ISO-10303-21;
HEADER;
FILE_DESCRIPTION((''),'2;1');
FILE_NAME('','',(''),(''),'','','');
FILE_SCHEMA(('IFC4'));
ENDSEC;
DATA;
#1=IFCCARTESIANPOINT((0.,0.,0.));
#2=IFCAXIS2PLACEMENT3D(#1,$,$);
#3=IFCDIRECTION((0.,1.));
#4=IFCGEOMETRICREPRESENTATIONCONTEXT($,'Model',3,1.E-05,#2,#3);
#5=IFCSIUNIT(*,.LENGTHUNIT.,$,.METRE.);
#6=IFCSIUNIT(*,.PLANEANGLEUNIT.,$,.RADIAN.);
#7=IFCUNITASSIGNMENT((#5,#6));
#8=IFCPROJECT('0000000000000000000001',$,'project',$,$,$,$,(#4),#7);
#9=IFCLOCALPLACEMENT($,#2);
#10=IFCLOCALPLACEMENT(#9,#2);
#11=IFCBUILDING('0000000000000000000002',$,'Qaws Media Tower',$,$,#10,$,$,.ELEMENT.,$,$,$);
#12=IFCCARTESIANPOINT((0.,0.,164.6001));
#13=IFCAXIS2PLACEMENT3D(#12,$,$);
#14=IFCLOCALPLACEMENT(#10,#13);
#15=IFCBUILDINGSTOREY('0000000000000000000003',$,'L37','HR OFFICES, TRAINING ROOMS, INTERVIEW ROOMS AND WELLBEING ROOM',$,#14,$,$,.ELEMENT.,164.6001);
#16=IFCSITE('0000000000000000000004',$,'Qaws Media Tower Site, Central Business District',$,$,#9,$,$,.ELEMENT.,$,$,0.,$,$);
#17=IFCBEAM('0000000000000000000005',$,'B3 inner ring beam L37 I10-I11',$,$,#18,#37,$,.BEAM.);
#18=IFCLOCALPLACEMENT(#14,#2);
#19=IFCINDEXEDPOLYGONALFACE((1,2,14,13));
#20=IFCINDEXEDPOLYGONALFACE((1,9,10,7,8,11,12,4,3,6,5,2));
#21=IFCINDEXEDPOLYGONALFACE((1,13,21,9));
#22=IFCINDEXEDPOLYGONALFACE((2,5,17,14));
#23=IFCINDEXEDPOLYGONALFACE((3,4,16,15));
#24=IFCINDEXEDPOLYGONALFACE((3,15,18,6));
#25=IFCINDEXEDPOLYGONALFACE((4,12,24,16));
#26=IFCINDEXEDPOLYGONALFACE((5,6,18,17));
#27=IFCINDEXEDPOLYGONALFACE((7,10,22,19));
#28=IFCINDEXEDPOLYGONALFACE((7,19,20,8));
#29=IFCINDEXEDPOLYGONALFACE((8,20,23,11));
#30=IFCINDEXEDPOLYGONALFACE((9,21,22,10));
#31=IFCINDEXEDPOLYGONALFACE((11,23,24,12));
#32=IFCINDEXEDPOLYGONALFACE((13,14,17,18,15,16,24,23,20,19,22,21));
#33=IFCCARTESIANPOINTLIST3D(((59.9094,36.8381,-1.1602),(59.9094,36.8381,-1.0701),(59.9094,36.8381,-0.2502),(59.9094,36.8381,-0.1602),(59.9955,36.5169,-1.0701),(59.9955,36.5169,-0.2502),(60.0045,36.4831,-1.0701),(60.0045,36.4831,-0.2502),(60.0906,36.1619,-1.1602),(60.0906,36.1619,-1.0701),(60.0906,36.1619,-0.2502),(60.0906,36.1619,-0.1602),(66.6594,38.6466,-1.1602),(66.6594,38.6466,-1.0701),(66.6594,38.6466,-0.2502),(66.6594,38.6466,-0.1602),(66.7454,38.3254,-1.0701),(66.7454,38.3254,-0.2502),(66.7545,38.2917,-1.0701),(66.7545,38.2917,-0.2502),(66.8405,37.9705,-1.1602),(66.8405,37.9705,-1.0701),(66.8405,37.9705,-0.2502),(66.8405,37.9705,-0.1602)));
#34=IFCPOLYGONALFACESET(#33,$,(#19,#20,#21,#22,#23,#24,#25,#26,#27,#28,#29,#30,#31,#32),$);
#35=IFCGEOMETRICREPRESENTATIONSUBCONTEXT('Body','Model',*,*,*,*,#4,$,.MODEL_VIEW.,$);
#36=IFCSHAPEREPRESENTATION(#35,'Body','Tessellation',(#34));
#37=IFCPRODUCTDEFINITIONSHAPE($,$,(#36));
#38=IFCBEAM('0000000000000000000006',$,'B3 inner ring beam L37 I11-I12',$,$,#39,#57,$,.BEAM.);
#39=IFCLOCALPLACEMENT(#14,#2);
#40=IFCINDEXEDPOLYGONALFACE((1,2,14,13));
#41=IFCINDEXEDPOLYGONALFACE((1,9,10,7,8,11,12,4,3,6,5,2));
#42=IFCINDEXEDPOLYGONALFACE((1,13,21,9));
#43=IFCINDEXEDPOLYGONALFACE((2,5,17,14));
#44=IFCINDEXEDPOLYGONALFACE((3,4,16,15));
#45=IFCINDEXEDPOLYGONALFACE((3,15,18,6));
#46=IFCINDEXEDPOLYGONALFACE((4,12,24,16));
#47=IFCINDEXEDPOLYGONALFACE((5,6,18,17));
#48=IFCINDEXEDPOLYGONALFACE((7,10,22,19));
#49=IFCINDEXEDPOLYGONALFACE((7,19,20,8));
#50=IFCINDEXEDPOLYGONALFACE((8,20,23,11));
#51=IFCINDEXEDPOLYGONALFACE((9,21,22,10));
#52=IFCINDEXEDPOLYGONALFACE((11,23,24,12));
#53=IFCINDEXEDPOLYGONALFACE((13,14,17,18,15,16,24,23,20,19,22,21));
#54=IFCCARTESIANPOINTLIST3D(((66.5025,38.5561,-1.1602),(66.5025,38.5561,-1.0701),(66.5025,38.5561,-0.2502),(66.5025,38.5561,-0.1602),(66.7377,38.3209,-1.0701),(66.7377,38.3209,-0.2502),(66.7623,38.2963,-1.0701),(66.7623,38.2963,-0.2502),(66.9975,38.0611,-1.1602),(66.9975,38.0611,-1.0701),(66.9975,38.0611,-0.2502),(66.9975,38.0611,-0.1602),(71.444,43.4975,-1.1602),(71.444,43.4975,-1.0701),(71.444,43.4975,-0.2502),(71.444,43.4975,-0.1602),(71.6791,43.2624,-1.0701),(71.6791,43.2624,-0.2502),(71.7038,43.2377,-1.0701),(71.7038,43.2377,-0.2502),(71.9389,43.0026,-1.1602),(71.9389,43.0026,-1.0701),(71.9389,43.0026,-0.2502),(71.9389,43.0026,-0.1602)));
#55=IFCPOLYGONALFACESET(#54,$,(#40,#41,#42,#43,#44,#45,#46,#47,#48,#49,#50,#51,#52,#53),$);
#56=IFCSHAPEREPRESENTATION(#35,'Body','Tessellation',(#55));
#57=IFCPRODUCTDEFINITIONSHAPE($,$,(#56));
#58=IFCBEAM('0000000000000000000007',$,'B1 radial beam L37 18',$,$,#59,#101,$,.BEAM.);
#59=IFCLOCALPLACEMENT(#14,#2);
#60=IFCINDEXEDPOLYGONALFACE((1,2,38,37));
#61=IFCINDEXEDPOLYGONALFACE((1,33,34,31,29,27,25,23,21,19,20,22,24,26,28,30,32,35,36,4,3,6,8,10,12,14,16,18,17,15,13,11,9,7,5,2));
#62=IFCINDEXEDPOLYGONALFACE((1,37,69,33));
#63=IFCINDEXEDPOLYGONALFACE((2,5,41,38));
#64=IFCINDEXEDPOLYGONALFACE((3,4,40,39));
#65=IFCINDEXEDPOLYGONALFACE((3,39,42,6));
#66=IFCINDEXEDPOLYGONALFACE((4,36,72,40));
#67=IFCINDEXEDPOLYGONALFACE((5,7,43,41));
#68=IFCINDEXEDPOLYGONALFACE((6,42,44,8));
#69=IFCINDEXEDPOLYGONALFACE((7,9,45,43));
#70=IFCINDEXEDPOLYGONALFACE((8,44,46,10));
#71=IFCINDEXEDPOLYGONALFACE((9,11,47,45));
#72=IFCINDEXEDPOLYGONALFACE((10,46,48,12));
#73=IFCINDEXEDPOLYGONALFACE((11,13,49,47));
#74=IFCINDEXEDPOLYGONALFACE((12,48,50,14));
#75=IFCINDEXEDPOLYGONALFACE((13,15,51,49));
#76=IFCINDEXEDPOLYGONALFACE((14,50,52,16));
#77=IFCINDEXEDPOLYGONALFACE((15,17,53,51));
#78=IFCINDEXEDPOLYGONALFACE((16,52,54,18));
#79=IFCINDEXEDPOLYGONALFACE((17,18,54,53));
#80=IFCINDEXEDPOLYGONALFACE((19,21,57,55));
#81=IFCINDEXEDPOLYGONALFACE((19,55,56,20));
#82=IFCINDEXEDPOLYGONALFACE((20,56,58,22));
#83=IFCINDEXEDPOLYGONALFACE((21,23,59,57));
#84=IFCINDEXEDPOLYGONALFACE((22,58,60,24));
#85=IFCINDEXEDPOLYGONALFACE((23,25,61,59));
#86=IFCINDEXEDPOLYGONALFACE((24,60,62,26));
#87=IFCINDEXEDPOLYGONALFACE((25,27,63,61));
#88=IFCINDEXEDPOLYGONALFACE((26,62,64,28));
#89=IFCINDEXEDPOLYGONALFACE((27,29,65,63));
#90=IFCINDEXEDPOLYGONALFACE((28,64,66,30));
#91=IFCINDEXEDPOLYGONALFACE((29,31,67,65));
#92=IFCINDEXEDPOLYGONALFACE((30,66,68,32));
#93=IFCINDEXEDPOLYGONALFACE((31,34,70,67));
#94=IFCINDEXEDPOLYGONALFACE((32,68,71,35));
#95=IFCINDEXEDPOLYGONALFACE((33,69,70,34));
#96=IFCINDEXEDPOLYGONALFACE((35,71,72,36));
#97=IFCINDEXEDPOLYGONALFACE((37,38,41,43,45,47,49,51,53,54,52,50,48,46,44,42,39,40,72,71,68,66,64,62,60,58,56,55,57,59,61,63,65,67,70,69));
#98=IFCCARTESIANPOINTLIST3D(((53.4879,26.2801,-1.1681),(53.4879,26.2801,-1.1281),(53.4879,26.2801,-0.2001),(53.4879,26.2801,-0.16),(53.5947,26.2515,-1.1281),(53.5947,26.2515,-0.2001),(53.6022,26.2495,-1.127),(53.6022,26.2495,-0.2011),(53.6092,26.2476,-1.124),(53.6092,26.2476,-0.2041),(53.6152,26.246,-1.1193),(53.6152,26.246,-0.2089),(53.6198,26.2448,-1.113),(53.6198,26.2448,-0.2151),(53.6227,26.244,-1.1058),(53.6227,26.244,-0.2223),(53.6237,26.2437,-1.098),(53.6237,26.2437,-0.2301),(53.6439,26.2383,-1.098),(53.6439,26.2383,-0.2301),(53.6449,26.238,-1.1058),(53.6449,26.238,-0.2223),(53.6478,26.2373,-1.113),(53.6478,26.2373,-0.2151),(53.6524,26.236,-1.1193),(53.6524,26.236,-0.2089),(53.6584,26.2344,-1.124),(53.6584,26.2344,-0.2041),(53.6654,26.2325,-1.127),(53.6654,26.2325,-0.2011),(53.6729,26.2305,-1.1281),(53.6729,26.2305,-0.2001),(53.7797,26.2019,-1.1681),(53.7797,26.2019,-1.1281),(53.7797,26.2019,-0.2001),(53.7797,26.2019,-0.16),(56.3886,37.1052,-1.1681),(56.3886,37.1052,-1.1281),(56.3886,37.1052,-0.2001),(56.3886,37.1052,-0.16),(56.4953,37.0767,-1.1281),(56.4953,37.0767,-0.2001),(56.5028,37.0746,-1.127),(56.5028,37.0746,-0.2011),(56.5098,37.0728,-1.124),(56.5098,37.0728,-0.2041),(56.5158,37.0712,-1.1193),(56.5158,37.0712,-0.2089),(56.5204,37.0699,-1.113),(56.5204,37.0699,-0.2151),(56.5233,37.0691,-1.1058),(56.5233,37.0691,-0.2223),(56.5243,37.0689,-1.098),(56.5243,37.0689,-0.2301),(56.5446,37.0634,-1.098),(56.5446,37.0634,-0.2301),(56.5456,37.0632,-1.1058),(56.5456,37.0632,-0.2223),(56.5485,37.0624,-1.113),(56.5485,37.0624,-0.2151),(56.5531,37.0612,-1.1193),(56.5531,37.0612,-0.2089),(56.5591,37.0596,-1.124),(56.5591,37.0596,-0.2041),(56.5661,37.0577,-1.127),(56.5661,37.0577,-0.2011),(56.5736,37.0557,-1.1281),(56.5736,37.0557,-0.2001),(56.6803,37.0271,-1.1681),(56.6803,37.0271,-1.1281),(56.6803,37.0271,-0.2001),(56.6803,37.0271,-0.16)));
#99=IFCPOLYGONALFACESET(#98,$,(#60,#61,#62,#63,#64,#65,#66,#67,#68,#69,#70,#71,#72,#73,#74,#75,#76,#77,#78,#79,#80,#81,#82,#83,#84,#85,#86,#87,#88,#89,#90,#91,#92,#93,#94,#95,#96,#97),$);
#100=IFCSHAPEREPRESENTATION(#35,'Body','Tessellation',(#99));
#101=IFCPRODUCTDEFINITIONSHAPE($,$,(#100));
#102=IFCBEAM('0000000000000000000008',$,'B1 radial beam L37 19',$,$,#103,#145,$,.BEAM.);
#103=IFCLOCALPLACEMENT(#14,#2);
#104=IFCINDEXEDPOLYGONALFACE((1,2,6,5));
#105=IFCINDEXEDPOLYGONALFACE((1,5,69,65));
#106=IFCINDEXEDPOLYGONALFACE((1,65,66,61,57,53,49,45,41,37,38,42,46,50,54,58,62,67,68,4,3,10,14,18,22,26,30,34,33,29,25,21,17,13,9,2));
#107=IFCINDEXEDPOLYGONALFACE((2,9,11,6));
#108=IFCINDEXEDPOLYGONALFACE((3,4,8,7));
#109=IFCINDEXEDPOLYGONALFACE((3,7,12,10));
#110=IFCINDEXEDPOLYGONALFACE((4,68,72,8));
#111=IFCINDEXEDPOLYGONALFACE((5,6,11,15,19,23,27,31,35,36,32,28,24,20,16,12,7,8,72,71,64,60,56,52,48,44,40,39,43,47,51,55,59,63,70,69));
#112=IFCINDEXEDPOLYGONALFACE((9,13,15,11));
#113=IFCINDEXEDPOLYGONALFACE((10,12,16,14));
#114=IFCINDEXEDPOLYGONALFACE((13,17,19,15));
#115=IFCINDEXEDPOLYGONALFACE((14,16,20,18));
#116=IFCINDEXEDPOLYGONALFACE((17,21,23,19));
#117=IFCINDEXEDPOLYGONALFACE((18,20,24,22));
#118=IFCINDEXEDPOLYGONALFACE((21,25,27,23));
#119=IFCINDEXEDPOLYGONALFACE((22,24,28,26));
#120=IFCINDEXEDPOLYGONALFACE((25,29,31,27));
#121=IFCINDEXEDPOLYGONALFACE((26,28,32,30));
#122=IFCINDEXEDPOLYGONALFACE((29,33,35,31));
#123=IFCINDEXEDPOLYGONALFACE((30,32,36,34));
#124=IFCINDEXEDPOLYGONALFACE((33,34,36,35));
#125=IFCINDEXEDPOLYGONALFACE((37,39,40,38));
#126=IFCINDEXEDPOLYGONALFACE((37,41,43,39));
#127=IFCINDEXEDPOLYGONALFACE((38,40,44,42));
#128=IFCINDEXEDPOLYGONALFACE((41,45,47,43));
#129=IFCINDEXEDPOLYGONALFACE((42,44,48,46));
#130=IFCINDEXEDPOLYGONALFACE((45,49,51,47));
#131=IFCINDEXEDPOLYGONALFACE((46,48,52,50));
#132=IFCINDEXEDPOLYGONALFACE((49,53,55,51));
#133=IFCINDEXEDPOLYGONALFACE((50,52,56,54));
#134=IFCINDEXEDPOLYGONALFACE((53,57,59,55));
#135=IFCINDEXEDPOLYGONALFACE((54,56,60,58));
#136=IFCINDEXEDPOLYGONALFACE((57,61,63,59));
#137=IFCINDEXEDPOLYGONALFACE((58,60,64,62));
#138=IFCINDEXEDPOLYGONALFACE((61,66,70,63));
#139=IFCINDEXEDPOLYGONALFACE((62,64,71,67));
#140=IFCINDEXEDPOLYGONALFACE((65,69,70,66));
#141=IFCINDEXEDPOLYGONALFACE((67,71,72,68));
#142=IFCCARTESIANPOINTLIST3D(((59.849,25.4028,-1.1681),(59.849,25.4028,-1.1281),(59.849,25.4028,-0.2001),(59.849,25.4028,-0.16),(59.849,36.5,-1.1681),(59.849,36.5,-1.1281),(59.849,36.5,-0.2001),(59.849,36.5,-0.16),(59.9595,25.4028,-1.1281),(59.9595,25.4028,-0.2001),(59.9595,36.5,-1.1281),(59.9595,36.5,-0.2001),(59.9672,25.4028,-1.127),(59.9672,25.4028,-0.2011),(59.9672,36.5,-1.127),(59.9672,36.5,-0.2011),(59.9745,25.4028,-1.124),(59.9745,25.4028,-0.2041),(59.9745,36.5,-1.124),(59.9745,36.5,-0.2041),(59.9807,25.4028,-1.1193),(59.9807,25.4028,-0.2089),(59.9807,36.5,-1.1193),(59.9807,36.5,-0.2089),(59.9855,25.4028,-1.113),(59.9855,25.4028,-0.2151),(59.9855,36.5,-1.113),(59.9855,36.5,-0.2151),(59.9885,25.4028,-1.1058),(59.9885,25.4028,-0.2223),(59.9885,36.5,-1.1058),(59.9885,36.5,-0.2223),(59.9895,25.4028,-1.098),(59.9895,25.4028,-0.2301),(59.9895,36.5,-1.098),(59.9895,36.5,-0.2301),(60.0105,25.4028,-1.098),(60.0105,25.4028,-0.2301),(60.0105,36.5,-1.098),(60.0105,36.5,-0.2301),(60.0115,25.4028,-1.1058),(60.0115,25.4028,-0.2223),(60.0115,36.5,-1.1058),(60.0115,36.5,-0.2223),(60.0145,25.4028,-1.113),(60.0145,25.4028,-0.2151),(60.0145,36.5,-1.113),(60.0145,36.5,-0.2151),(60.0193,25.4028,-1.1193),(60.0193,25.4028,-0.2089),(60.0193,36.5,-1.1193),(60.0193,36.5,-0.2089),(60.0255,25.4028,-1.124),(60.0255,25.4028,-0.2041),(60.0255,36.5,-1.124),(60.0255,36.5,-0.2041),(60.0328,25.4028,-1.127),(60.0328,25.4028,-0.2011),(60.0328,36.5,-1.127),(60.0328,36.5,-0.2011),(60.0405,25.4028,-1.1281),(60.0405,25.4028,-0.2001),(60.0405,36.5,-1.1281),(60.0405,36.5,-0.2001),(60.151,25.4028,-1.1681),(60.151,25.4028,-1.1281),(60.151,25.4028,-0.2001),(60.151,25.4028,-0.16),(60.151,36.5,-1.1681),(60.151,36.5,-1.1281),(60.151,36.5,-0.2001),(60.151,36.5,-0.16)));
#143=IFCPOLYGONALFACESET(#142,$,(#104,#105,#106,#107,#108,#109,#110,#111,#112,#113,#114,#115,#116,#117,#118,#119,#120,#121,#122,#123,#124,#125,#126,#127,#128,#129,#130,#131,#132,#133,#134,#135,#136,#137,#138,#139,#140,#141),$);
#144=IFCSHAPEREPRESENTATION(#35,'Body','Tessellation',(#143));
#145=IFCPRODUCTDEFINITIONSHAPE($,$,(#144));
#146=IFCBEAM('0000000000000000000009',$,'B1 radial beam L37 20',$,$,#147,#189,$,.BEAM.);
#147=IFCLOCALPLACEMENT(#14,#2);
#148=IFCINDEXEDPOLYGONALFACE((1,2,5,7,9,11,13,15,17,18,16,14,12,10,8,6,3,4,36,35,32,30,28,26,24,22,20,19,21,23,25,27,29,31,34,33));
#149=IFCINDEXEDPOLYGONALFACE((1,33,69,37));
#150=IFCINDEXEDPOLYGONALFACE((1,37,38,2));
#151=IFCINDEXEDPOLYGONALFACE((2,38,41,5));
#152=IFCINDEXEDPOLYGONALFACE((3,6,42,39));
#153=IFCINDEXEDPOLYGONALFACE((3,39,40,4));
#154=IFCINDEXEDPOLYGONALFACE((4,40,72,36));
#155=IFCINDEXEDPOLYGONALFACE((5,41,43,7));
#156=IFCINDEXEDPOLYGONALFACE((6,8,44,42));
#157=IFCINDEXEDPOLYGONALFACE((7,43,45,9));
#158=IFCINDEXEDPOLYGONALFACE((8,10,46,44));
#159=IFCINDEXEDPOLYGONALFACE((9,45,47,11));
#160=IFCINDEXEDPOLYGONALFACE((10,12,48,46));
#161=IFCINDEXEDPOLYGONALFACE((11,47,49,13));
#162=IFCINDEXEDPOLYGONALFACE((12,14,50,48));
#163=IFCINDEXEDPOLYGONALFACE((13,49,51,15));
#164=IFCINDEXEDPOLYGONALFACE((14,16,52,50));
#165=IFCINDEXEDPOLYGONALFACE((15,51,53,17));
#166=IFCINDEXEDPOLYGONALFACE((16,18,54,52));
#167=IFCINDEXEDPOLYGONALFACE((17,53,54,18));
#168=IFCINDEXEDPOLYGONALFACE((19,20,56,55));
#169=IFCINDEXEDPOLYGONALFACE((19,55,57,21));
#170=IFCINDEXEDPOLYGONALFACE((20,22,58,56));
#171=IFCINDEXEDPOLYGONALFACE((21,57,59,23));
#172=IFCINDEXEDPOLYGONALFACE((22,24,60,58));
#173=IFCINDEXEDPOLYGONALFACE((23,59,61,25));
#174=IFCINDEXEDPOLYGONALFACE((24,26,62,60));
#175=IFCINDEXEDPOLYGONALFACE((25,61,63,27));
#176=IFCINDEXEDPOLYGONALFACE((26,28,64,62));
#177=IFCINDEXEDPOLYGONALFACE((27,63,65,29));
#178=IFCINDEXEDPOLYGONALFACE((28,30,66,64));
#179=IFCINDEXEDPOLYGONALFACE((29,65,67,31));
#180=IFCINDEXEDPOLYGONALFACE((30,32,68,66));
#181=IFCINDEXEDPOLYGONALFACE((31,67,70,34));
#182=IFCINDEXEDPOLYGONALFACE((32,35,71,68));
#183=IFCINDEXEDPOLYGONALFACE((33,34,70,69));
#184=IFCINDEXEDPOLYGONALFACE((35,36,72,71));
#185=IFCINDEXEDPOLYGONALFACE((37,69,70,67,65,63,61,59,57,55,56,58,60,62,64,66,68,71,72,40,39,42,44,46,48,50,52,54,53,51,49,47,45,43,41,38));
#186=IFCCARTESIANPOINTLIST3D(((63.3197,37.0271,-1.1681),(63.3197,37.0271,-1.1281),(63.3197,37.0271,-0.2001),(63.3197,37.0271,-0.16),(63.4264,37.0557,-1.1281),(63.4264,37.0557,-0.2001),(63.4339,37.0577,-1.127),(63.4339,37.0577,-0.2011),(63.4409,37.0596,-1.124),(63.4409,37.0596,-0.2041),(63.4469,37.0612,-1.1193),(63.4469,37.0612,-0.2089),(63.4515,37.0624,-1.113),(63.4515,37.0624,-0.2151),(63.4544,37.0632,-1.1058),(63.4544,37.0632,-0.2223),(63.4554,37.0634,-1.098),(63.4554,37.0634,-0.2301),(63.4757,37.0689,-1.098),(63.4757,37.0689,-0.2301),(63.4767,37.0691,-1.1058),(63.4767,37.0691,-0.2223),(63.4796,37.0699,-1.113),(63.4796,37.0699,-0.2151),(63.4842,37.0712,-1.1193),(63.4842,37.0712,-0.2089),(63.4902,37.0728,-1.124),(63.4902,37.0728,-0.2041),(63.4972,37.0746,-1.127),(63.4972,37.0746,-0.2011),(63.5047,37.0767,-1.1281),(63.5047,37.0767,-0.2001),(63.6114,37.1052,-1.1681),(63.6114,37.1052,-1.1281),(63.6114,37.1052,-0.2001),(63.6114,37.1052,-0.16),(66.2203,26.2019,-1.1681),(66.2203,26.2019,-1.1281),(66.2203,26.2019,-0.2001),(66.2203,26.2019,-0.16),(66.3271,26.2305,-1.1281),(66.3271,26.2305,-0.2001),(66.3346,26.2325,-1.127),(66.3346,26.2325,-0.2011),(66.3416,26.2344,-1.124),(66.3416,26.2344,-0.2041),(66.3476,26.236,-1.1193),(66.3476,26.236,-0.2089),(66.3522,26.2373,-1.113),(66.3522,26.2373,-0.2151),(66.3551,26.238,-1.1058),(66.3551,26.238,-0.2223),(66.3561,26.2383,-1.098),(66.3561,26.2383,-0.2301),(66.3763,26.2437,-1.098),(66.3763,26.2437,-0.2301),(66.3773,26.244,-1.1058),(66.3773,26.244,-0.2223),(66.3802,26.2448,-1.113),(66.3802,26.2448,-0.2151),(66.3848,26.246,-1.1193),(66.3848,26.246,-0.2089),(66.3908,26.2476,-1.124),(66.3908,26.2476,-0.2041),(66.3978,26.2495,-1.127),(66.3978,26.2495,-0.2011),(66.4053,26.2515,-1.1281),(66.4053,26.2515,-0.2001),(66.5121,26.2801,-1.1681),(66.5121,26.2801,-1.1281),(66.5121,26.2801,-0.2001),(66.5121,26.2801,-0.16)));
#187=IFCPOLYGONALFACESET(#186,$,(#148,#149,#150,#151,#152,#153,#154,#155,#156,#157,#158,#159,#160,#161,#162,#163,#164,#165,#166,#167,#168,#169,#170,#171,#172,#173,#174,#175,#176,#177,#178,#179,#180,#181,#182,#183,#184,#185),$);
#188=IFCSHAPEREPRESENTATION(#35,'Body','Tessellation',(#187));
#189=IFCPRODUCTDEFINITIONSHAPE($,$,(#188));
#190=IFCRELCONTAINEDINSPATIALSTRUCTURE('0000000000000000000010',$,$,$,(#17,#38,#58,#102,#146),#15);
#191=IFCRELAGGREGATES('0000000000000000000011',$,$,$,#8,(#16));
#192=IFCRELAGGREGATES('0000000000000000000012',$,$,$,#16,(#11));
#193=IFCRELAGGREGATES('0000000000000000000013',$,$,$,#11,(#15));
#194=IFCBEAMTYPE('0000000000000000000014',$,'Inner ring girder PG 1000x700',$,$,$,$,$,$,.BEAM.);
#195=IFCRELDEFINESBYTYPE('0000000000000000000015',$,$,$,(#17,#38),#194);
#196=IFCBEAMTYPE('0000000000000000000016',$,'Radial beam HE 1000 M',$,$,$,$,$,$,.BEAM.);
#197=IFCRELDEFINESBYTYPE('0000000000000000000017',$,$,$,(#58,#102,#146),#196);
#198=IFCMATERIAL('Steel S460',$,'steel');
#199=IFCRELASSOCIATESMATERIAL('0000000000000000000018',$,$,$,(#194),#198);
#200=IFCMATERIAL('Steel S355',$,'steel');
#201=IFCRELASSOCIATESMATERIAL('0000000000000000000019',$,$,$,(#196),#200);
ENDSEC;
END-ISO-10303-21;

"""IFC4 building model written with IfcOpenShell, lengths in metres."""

from ifc_helpers import new_model, si_unit, direction, frame, origin, origin_2d, place, context, subcontext, project, spatial, i_section, extrude, material, material_profile, profile_set, type_object, element, save


model = new_model("IFC4")

# Units and contexts
model_context = context("Model", 3, precision=1e-05, world=origin(), true_north=direction((0.0, 1.0)))
body_context = subcontext(model_context, "Body", "Model", "MODEL_VIEW")
ifc_project = project(units=[si_unit("LENGTHUNIT", "METRE"), si_unit("PLANEANGLEUNIT", "RADIAN")], contexts=[model_context])

# Site, building, storey
site_placement = place(None, origin())
site = spatial("IfcSite", under=ifc_project, at=site_placement, Name="Qaws Media Tower Site, Central Business District", CompositionType="ELEMENT", RefElevation=0.0)
building_placement = place(site_placement, origin())
building = spatial("IfcBuilding", under=site, at=building_placement, Name="Qaws Media Tower", CompositionType="ELEMENT")
storey_placement = place(building_placement, frame((0.0, 0.0, 164.6001)))
storey = spatial("IfcBuildingStorey", under=building, at=storey_placement, Name="L37", Description="HR OFFICES, TRAINING ROOMS, INTERVIEW ROOMS AND WELLBEING ROOM", CompositionType="ELEMENT", Elevation=164.6001)

# Beams
ifc_material_1 = material(Name="Steel S460", Category="steel")
ifc_material_profile_1 = material_profile(ifc_material_1, i_section(OverallWidth=0.7, OverallDepth=1.0, WebThickness=0.0349, FlangeThickness=0.0901, at=origin_2d()), Name="PG 1000x700")
ifc_profile_set_1 = profile_set([ifc_material_profile_1], Name="Steel S460")
beam_type_1 = type_object("IfcBeamType", Name="Inner ring girder PG 1000x700", PredefinedType="BEAM", material=ifc_profile_set_1)
beam_1_placement = place(storey_placement, frame((60.0, 36.5, -0.6602), z_axis=(0.965928, 0.258811, 0.0), x_axis=(-0.258811, 0.965928, 0.0)))
element("IfcBeam", 1, at=beam_1_placement, inside=storey, type_object=beam_type_1, Name="B3 inner ring beam L37 I10-I11", PredefinedType="BEAM", context=body_context, shape_type="SweptSolid", body=[
    extrude(i_section(OverallWidth=0.7, OverallDepth=1.0, WebThickness=0.0349, FlangeThickness=0.0901, at=origin_2d()), origin(), (0.0, 0.0, 1.0), 6.988),
])
beam_2_placement = place(storey_placement, frame((66.75, 38.3086, -0.6602), z_axis=(0.707107, 0.707107, 0.0), x_axis=(-0.707107, 0.707107, 0.0)))
element("IfcBeam", 2, at=beam_2_placement, inside=storey, type_object=beam_type_1, Name="B3 inner ring beam L37 I11-I12", PredefinedType="BEAM", context=body_context, shape_type="SweptSolid", body=[
    extrude(i_section(OverallWidth=0.7, OverallDepth=1.0, WebThickness=0.0349, FlangeThickness=0.0901, at=origin_2d()), origin(), (0.0, 0.0, 1.0), 6.9883),
])
ifc_material_2 = material(Name="Steel S355", Category="steel")
ifc_material_profile_2 = material_profile(ifc_material_2, i_section(OverallWidth=0.302, OverallDepth=1.0081, WebThickness=0.021, FlangeThickness=0.04, FilletRadius=0.03, at=origin_2d()), Name="HE 1000 M")
ifc_profile_set_2 = profile_set([ifc_material_profile_2], Name="Steel S355")
beam_type_2 = type_object("IfcBeamType", Name="Radial beam HE 1000 M", PredefinedType="BEAM", material=ifc_profile_set_2)
beam_3_placement = place(storey_placement, frame((56.5344, 37.0662, -0.6641), z_axis=(-0.258822, -0.965925, 0.0), x_axis=(0.965925, -0.258822, 0.0)))
element("IfcBeam", 3, at=beam_3_placement, inside=storey, type_object=beam_type_2, Name="B1 radial beam L37 18", PredefinedType="BEAM", context=body_context, shape_type="SweptSolid", body=[
    extrude(i_section(OverallWidth=0.302, OverallDepth=1.0081, WebThickness=0.021, FlangeThickness=0.04, FilletRadius=0.03, at=origin_2d()), origin(), (0.0, 0.0, 1.0), 11.207),
])
beam_4_placement = place(storey_placement, frame((60.0, 36.5, -0.6641), z_axis=(0.0, -1.0, 0.0), x_axis=(1.0, 0.0, 0.0)))
element("IfcBeam", 4, at=beam_4_placement, inside=storey, type_object=beam_type_2, Name="B1 radial beam L37 19", PredefinedType="BEAM", context=body_context, shape_type="SweptSolid", body=[
    extrude(i_section(OverallWidth=0.302, OverallDepth=1.0081, WebThickness=0.021, FlangeThickness=0.04, FilletRadius=0.03, at=origin_2d()), origin(), (0.0, 0.0, 1.0), 11.0972),
])
beam_5_placement = place(storey_placement, frame((63.4656, 37.0662, -0.6641), z_axis=(0.258822, -0.965925, 0.0), x_axis=(0.965925, 0.258822, 0.0)))
element("IfcBeam", 5, at=beam_5_placement, inside=storey, type_object=beam_type_2, Name="B1 radial beam L37 20", PredefinedType="BEAM", context=body_context, shape_type="SweptSolid", body=[
    extrude(i_section(OverallWidth=0.302, OverallDepth=1.0081, WebThickness=0.021, FlangeThickness=0.04, FilletRadius=0.03, at=origin_2d()), origin(), (0.0, 0.0, 1.0), 11.207),
])

save(model, "model.ifc")
